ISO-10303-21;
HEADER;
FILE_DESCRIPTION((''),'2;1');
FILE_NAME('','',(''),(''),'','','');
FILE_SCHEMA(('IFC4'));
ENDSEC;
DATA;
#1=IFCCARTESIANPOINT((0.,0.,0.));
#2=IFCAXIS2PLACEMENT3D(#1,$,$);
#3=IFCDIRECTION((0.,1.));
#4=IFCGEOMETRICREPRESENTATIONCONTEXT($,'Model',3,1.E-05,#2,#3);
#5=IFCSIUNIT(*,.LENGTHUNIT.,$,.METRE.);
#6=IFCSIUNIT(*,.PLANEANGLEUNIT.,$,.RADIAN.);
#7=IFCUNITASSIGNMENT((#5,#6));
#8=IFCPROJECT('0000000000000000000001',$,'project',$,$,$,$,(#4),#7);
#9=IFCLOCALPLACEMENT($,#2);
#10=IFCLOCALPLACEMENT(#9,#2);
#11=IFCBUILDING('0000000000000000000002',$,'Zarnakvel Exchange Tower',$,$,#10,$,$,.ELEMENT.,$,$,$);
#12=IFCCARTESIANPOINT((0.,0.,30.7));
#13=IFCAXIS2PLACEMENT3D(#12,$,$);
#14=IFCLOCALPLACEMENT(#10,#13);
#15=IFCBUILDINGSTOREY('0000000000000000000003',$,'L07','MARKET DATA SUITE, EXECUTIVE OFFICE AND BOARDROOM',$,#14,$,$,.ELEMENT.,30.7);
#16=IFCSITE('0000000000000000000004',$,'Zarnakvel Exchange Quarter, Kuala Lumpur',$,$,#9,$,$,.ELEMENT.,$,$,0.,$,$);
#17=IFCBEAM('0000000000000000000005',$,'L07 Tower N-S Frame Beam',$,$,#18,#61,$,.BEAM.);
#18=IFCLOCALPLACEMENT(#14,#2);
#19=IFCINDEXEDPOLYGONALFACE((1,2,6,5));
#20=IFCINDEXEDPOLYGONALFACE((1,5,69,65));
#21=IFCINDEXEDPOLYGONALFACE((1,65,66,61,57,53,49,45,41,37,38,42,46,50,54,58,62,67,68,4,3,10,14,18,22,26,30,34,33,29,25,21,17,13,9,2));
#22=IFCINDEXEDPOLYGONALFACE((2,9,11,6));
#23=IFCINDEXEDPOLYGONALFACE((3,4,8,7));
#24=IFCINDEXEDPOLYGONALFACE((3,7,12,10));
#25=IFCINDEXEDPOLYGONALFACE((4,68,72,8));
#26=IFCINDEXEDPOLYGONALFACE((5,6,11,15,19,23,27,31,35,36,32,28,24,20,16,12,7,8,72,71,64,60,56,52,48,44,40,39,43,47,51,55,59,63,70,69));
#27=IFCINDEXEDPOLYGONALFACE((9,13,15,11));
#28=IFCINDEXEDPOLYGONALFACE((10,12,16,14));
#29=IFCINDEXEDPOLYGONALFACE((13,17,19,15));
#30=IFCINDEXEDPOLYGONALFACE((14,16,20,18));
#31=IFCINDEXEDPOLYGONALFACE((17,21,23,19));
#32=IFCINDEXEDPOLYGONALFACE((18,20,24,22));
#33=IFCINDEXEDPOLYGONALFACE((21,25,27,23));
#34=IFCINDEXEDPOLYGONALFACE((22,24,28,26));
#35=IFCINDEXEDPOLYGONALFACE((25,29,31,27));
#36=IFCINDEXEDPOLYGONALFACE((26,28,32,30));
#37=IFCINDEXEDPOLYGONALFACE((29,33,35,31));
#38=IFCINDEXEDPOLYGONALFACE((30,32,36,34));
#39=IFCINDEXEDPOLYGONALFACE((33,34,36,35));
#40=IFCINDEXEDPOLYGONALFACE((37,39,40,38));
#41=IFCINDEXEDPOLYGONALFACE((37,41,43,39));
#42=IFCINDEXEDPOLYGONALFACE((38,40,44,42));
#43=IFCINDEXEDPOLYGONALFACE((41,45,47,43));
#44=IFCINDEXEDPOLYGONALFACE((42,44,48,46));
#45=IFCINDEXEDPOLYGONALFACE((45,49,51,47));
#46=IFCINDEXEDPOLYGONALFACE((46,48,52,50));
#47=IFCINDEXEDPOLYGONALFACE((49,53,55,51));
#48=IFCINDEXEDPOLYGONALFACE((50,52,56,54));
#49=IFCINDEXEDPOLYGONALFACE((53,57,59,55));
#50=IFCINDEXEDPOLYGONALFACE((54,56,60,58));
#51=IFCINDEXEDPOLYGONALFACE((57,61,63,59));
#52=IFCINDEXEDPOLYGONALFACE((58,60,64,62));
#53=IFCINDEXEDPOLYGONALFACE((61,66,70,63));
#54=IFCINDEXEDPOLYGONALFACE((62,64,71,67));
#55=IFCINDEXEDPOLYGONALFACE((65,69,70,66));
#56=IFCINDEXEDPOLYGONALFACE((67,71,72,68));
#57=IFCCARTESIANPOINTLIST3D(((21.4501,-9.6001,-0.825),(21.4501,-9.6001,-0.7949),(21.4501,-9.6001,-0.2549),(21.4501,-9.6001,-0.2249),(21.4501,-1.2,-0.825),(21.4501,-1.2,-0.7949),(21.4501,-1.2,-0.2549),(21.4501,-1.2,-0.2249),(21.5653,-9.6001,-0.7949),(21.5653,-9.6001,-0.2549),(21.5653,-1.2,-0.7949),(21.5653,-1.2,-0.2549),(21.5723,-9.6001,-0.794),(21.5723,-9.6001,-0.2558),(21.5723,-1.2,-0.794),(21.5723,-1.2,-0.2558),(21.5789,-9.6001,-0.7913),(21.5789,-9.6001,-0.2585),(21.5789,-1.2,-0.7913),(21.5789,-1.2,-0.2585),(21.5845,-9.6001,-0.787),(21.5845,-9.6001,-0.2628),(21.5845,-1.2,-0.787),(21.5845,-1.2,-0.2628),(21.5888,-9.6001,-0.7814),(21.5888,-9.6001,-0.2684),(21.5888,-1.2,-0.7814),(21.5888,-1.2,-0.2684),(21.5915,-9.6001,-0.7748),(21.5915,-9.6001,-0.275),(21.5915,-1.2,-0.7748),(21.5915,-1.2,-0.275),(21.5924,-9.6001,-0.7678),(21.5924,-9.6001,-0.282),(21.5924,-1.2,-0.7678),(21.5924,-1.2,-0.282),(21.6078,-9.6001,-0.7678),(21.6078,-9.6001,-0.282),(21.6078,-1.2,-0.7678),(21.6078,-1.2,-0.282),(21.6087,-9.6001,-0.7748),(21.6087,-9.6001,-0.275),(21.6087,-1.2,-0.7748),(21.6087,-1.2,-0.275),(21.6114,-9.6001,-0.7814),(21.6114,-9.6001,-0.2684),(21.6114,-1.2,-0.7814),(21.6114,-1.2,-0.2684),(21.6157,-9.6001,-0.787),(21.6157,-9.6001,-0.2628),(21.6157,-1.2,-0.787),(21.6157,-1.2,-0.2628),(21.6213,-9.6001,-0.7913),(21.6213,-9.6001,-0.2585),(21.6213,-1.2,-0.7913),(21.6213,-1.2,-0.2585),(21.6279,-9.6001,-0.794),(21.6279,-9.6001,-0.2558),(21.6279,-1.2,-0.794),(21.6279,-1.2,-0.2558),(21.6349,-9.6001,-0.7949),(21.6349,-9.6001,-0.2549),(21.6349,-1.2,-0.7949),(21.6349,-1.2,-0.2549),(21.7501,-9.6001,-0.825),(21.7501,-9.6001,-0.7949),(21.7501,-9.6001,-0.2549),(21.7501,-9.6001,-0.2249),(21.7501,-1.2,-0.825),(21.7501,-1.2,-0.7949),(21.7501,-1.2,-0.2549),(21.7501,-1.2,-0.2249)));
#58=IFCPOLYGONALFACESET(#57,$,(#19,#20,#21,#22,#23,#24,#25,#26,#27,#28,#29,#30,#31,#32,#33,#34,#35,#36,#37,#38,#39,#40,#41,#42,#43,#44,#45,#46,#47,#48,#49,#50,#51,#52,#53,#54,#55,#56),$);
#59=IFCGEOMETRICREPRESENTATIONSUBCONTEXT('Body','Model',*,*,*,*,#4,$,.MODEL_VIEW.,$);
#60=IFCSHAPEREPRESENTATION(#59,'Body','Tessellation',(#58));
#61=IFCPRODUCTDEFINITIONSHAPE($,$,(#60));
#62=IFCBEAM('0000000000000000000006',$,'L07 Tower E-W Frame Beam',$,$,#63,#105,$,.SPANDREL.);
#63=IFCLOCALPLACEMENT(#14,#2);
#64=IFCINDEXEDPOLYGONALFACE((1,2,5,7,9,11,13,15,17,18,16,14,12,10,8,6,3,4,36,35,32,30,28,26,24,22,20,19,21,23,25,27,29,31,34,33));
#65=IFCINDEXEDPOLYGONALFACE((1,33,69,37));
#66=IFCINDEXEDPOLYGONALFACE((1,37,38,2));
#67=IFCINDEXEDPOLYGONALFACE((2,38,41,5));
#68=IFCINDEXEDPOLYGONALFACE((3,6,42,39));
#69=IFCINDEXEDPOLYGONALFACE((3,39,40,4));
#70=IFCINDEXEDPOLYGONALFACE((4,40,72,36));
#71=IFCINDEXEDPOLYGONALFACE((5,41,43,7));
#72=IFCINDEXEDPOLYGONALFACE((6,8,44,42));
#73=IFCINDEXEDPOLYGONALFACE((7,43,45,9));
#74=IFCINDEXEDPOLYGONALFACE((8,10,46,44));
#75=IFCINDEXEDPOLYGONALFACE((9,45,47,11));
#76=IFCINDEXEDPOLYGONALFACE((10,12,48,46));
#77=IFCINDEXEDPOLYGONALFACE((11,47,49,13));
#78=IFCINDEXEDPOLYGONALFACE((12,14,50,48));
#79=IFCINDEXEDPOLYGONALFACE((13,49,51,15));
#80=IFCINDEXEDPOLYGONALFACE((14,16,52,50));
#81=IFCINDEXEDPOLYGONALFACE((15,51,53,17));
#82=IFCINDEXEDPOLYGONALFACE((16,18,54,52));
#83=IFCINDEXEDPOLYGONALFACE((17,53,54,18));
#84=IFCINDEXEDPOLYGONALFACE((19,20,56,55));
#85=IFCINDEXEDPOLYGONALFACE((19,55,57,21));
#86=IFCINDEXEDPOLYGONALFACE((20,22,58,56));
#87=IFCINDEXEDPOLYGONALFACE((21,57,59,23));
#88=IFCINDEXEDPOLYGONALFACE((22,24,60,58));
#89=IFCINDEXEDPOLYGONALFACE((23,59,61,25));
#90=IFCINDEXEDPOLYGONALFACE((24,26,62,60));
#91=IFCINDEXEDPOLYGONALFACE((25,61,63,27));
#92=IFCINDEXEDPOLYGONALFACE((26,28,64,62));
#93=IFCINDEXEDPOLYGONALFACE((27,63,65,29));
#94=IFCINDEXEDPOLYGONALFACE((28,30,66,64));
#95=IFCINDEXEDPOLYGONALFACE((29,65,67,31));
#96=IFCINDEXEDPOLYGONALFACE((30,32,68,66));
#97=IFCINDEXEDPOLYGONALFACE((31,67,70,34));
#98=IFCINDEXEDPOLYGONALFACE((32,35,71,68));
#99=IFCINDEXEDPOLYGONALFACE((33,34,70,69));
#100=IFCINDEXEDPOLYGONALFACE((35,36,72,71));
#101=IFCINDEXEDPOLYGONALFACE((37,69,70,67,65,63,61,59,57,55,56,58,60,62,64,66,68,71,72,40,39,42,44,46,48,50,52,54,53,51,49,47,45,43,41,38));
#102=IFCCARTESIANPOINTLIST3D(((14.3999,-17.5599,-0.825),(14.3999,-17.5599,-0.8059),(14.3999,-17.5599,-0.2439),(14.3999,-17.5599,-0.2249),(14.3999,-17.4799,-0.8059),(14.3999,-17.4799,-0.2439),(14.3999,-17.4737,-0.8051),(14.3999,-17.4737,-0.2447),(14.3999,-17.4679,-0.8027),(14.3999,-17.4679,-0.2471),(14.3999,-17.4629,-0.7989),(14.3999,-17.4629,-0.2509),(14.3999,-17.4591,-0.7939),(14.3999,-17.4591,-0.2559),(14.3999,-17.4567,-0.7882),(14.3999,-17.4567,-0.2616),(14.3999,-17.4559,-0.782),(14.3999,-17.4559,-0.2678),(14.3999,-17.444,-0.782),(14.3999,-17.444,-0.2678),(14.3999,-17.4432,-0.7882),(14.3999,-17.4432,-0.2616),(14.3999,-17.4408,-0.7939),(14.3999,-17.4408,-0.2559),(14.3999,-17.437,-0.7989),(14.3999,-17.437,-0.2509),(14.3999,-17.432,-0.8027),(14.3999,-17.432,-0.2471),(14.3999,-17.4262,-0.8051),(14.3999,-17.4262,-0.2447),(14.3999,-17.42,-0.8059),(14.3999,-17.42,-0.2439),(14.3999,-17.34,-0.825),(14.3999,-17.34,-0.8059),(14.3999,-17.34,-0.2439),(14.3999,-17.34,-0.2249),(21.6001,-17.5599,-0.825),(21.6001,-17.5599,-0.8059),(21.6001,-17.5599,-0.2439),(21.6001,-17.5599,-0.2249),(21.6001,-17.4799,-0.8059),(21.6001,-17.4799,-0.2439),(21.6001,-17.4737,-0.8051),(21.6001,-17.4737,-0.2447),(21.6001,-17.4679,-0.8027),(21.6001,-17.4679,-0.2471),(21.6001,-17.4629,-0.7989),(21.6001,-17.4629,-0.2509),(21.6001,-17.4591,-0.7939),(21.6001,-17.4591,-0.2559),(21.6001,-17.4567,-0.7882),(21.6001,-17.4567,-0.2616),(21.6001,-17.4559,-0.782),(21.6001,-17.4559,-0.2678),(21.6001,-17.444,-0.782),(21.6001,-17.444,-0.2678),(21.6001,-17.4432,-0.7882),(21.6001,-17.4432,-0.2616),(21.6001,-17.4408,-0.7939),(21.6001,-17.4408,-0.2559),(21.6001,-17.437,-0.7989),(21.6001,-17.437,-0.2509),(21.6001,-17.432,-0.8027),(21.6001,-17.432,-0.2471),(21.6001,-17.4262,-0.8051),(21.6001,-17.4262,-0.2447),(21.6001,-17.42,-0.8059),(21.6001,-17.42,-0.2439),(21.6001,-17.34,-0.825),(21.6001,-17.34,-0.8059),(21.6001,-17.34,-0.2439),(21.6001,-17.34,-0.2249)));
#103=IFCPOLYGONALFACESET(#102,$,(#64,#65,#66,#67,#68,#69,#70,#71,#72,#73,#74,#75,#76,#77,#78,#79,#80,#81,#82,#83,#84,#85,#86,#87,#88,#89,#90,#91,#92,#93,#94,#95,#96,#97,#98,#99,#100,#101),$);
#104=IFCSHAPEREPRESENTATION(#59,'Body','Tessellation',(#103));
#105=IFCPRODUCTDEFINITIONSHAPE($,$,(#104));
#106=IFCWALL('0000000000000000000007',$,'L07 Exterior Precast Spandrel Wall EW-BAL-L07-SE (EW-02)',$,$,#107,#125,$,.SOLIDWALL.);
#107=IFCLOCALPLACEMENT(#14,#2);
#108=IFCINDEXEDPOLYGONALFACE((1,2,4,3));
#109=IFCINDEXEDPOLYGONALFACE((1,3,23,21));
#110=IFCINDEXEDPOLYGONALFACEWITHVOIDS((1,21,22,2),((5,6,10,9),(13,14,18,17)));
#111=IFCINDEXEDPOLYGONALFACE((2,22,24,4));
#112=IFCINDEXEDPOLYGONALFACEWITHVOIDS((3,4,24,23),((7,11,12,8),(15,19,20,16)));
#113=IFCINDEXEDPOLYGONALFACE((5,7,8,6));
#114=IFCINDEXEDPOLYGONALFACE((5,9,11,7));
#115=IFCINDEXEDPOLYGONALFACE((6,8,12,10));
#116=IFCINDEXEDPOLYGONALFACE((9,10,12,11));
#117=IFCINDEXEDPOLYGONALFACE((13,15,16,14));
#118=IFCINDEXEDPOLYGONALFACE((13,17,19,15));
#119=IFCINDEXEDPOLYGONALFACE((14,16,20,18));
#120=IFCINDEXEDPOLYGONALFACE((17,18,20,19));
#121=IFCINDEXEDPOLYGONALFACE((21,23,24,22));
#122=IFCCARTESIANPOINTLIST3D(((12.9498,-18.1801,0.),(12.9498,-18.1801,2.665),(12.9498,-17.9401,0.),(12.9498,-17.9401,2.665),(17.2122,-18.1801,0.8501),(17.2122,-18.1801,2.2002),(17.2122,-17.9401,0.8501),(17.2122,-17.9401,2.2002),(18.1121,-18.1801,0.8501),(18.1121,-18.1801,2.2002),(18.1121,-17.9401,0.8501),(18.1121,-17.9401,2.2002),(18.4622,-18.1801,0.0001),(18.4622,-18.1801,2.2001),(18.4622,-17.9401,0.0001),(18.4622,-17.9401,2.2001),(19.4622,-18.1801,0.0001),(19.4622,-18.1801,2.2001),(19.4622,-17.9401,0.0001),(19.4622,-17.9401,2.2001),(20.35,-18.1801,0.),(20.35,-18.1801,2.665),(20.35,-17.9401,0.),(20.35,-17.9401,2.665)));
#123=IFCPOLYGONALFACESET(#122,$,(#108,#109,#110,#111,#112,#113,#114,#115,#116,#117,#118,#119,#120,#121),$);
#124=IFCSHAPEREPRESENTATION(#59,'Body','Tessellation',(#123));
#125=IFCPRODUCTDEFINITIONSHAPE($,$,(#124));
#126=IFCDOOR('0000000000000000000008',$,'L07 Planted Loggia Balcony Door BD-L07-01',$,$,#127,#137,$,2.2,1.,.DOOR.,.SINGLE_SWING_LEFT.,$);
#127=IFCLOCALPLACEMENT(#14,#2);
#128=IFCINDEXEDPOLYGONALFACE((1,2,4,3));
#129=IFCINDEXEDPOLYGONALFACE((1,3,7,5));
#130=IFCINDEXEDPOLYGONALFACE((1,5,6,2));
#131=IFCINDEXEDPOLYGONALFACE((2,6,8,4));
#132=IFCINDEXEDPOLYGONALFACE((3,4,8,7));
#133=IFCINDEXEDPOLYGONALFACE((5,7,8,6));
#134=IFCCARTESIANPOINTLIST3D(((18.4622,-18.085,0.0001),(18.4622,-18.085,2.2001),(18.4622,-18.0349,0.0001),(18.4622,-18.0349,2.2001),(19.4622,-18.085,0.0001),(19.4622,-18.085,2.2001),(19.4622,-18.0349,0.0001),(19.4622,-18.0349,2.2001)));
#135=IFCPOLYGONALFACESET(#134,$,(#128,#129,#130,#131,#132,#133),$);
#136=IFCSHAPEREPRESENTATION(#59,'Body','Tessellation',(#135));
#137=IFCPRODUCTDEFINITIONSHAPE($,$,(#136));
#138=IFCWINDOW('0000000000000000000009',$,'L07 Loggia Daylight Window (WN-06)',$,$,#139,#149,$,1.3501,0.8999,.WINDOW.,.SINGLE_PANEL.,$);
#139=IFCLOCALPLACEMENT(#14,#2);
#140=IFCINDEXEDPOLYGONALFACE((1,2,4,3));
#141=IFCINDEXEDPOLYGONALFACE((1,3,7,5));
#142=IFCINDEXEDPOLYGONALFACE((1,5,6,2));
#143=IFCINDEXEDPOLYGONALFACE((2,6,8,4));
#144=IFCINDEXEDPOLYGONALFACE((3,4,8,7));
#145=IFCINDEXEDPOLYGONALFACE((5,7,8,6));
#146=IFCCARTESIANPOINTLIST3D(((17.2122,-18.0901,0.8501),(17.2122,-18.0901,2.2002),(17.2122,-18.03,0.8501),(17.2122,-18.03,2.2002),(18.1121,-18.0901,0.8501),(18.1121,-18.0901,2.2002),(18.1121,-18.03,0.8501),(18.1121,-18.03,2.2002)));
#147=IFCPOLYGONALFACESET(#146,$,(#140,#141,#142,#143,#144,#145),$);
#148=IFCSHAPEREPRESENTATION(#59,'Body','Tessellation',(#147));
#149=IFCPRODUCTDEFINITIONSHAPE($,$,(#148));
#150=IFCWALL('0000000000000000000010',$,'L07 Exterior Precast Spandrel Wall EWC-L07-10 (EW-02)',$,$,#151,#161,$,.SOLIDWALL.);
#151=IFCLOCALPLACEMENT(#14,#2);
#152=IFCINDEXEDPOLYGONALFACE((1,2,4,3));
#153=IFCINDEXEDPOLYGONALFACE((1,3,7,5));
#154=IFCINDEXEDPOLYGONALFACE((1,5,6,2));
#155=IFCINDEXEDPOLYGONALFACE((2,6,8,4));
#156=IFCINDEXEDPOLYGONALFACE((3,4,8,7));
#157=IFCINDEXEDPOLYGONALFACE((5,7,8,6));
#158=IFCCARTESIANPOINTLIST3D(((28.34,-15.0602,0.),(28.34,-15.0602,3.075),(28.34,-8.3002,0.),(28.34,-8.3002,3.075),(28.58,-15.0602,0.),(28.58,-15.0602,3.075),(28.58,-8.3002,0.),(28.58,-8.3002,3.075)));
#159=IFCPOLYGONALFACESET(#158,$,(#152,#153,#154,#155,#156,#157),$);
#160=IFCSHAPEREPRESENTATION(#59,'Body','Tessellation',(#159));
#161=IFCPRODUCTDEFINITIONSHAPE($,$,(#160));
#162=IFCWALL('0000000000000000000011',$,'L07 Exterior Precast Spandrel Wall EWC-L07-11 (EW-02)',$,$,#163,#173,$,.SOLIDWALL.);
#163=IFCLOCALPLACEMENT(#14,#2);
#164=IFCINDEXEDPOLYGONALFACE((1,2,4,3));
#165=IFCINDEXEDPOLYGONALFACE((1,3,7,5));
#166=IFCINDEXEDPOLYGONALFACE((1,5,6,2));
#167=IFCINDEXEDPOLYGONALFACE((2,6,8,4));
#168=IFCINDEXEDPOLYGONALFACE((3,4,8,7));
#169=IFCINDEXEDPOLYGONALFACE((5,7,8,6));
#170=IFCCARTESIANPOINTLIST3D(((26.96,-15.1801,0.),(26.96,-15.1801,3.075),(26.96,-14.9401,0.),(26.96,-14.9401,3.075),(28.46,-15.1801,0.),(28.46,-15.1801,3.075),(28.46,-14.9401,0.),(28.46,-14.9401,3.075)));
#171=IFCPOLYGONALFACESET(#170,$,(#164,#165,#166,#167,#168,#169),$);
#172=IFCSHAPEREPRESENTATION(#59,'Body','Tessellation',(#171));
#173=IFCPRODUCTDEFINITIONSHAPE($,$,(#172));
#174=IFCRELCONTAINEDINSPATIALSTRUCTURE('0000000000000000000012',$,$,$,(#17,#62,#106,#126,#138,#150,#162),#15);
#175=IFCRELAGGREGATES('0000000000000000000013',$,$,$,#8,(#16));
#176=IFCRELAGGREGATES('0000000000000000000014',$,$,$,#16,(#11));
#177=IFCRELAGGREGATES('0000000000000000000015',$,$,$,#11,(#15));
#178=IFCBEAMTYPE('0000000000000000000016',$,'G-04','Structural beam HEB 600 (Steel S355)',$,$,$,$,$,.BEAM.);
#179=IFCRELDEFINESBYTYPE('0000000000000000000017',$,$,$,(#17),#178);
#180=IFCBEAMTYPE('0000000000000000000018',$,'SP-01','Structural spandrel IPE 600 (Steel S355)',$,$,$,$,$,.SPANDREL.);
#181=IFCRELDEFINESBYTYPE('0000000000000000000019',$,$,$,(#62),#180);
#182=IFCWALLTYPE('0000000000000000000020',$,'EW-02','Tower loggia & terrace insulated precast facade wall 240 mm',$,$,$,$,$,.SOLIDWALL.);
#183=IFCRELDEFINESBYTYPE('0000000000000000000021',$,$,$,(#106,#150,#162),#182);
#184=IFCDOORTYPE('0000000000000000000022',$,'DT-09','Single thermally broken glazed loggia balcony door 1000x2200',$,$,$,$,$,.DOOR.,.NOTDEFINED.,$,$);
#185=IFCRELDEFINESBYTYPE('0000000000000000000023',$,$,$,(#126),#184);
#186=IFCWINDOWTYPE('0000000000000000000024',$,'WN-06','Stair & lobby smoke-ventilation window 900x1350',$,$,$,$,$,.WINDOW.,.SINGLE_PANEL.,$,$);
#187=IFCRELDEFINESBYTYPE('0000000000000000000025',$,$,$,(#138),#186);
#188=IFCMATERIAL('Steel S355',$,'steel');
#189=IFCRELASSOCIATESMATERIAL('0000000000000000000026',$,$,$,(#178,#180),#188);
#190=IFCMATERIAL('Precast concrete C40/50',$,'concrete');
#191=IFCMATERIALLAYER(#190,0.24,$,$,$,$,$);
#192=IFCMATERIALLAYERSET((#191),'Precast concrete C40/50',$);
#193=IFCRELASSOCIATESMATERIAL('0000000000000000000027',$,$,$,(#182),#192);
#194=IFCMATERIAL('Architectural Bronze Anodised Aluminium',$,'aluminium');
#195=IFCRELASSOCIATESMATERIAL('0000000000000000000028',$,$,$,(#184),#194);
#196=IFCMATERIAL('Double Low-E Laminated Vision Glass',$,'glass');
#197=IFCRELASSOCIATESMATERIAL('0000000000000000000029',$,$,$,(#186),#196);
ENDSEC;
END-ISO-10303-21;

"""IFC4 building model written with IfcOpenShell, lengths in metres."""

from ifc_helpers import new_model, si_unit, direction, frame, frame_2d, origin, origin_2d, place, context, subcontext, project, spatial, rectangle, i_section, extrude, source, transform, mapped, material, layer, layer_set, material_profile, profile_set, type_object, element, fill, save


model = new_model("IFC4")

# Units and contexts
model_context = context("Model", 3, precision=1e-05, world=origin(), true_north=direction((0.0, 1.0)))
body_context = subcontext(model_context, "Body", "Model", "MODEL_VIEW")
ifc_project = project(units=[si_unit("LENGTHUNIT", "METRE"), si_unit("PLANEANGLEUNIT", "RADIAN")], contexts=[model_context])

# Site, building, storey
site_placement = place(None, origin())
site = spatial("IfcSite", under=ifc_project, at=site_placement, Name="Zarnakvel Exchange Quarter, Kuala Lumpur", CompositionType="ELEMENT", RefElevation=0.0)
building_placement = place(site_placement, origin())
building = spatial("IfcBuilding", under=site, at=building_placement, Name="Zarnakvel Exchange Tower", CompositionType="ELEMENT")
storey_placement = place(building_placement, frame((0.0, 0.0, 30.7)))
storey = spatial("IfcBuildingStorey", under=building, at=storey_placement, Name="L07", Description="MARKET DATA SUITE, EXECUTIVE OFFICE AND BOARDROOM", CompositionType="ELEMENT", Elevation=30.7)

# Shared definitions
ifc_material_1 = material(Name="Steel S355", Category="steel")

# Beams
ifc_material_profile_1 = material_profile(ifc_material_1, i_section(OverallWidth=0.3, OverallDepth=0.6001, WebThickness=0.0154, FlangeThickness=0.03, FilletRadius=0.0271, at=origin_2d()))
ifc_profile_set_1 = profile_set([ifc_material_profile_1], Name="Steel S355")
beam_type_1 = type_object("IfcBeamType", Name="G-04", Description="Structural beam HEB 600 (Steel S355)", PredefinedType="BEAM", material=ifc_profile_set_1)
beam_1_placement = place(storey_placement, frame((21.6001, -9.6001, -0.5249), z_axis=(0.0, 1.0, 0.0), x_axis=(-1.0, 0.0, 0.0)))
element("IfcBeam", 1, at=beam_1_placement, inside=storey, type_object=beam_type_1, Name="L07 Tower N-S Frame Beam", PredefinedType="BEAM", context=body_context, shape_type="SweptSolid", body=[
    extrude(i_section(OverallWidth=0.3, OverallDepth=0.6001, WebThickness=0.0154, FlangeThickness=0.03, FilletRadius=0.0271, at=origin_2d()), origin(), (0.0, 0.0, 1.0), 8.4001),
])
ifc_material_profile_2 = material_profile(ifc_material_1, i_section(OverallWidth=0.22, OverallDepth=0.6001, WebThickness=0.012, FlangeThickness=0.019, FilletRadius=0.0239, at=origin_2d()))
ifc_profile_set_2 = profile_set([ifc_material_profile_2], Name="Steel S355")
beam_type_2 = type_object("IfcBeamType", Name="SP-01", Description="Structural spandrel IPE 600 (Steel S355)", PredefinedType="SPANDREL", material=ifc_profile_set_2)
beam_2_placement = place(storey_placement, frame((14.3999, -17.45, -0.5249), z_axis=(1.0, 0.0, 0.0), x_axis=(0.0, 1.0, 0.0)))
element("IfcBeam", 2, at=beam_2_placement, inside=storey, type_object=beam_type_2, Name="L07 Tower E-W Frame Beam", PredefinedType="SPANDREL", context=body_context, shape_type="SweptSolid", body=[
    extrude(i_section(OverallWidth=0.22, OverallDepth=0.6001, WebThickness=0.012, FlangeThickness=0.019, FilletRadius=0.0239, at=origin_2d()), origin(), (0.0, 0.0, 1.0), 7.2002),
])

# Wall, openings, door, window
ifc_material_2 = material(Name="Precast concrete C40/50", Category="concrete")
ifc_layer_1 = layer(ifc_material_2, 0.24)
ifc_layer_set_1 = layer_set([ifc_layer_1], Name="Precast concrete C40/50")
wall_type_1 = type_object("IfcWallType", Name="EW-02", Description="Tower loggia & terrace insulated precast facade wall 240 mm", PredefinedType="SOLIDWALL", material=ifc_layer_set_1)
wall_1_placement = place(storey_placement, frame((20.3501, -18.0601, 0.0), z_axis=(0.0, 0.0, 1.0), x_axis=(-1.0, 0.0, 0.0)))
wall_1 = element("IfcWall", 3, at=wall_1_placement, inside=storey, type_object=wall_type_1, Name="L07 Exterior Precast Spandrel Wall EW-BAL-L07-SE (EW-02)", PredefinedType="SOLIDWALL", context=body_context, shape_type="SweptSolid", body=[
    extrude(rectangle(XDim=7.4001, YDim=0.24, at=frame_2d((3.7002, 0.0))), origin(), (0.0, 0.0, 1.0), 2.665),
])
opening_1_placement = place(wall_1_placement, frame((0.8879, 0.0, 0.0)))
opening_1 = element("IfcOpeningElement", 4, at=opening_1_placement, cuts=wall_1, PredefinedType="OPENING", context=body_context, shape_type="SweptSolid", body=[
    extrude(rectangle(XDim=1.0, YDim=2.2, at=frame_2d((0.5, 1.1001))), frame((0.0, 0.1299, 0.0), z_axis=(0.0, -1.0, 0.0), x_axis=(1.0, 0.0, 0.0)), (0.0, 0.0, 1.0), 0.26),
])
opening_2_placement = place(wall_1_placement, frame((2.238, 0.0, 0.8501)))
opening_2 = element("IfcOpeningElement", 5, at=opening_2_placement, cuts=wall_1, PredefinedType="OPENING", context=body_context, shape_type="SweptSolid", body=[
    extrude(rectangle(XDim=0.8999, YDim=1.3501, at=frame_2d((0.45, 0.675))), frame((0.0, 0.1299, 0.0), z_axis=(0.0, -1.0, 0.0), x_axis=(1.0, 0.0, 0.0)), (0.0, 0.0, 1.0), 0.26),
])
ifc_material_3 = material(Name="Architectural Bronze Anodised Aluminium", Category="aluminium")
door_type = type_object("IfcDoorType", Name="DT-09", Description="Single thermally broken glazed loggia balcony door 1000x2200", OperationType="NOTDEFINED", PredefinedType="DOOR", material=ifc_material_3)
shared_shape_1 = source(origin(), body_context, "Body", "SweptSolid", [
    extrude(rectangle(XDim=1.0, YDim=2.2, at=frame_2d((0.5, 1.1001))), frame((0.0, 0.0249, 0.0), z_axis=(0.0, -1.0, 0.0), x_axis=(1.0, 0.0, 0.0)), (0.0, 0.0, 1.0), 0.05),
])
door_placement = place(opening_1_placement, origin())
door = element("IfcDoor", 6, at=door_placement, inside=storey, type_object=door_type, Name="L07 Planted Loggia Balcony Door BD-L07-01", OperationType="SINGLE_SWING_LEFT", OverallHeight=2.2, OverallWidth=1.0, PredefinedType="DOOR", context=body_context, shape_type="MappedRepresentation", body=[
    mapped(shared_shape_1, transform((0.0, 0.0, 0.0), x_axis=(1.0, 0.0, 0.0), y_axis=(0.0, 1.0, 0.0), z_axis=(0.0, 0.0, 1.0), scale=1.0)),
])
fill(opening_1, door)
ifc_material_4 = material(Name="Double Low-E Laminated Vision Glass", Category="glass")
window_type = type_object("IfcWindowType", Name="WN-06", Description="Stair & lobby smoke-ventilation window 900x1350", PartitioningType="SINGLE_PANEL", PredefinedType="WINDOW", material=ifc_material_4)
shared_shape_2 = source(origin(), body_context, "Body", "SweptSolid", [
    extrude(rectangle(XDim=0.8999, YDim=1.3501, at=frame_2d((0.45, 0.675))), frame((0.0, 0.03, 0.0), z_axis=(0.0, -1.0, 0.0), x_axis=(1.0, 0.0, 0.0)), (0.0, 0.0, 1.0), 0.0601),
])
window_placement = place(opening_2_placement, origin())
window = element("IfcWindow", 7, at=window_placement, inside=storey, type_object=window_type, Name="L07 Loggia Daylight Window (WN-06)", OverallHeight=1.3501, OverallWidth=0.8999, PartitioningType="SINGLE_PANEL", PredefinedType="WINDOW", context=body_context, shape_type="MappedRepresentation", body=[
    mapped(shared_shape_2, transform((0.0, 0.0, 0.0), x_axis=(1.0, 0.0, 0.0), y_axis=(0.0, 1.0, 0.0), z_axis=(0.0, 0.0, 1.0), scale=1.0)),
])
fill(opening_2, window)

# Walls
wall_2_placement = place(storey_placement, frame((28.46, -15.0601, 0.0), z_axis=(0.0, 0.0, 1.0), x_axis=(0.0, 1.0, 0.0)))
element("IfcWall", 8, at=wall_2_placement, inside=storey, type_object=wall_type_1, Name="L07 Exterior Precast Spandrel Wall EWC-L07-10 (EW-02)", PredefinedType="SOLIDWALL", context=body_context, shape_type="SweptSolid", body=[
    extrude(rectangle(XDim=6.76, YDim=0.24, at=frame_2d((3.3799, 0.0))), origin(), (0.0, 0.0, 1.0), 3.075),
])
for number, where, z_axis, x_axis, name in (
    (9, (26.96, -15.0601, 0.0), (0.0, 0.0, 1.0), (1.0, 0.0, 0.0), "L07 Exterior Precast Spandrel Wall EWC-L07-11 (EW-02)"),
):
    element("IfcWall", number, at=place(storey_placement, frame(where, z_axis=z_axis, x_axis=x_axis)), inside=storey, type_object=wall_type_1, Name=name, PredefinedType="SOLIDWALL", context=body_context, shape_type="SweptSolid", body=[
        extrude(rectangle(XDim=1.5, YDim=0.24, at=frame_2d((0.75, 0.0))), origin(), (0.0, 0.0, 1.0), 3.075),
    ])

save(model, "model.ifc")
